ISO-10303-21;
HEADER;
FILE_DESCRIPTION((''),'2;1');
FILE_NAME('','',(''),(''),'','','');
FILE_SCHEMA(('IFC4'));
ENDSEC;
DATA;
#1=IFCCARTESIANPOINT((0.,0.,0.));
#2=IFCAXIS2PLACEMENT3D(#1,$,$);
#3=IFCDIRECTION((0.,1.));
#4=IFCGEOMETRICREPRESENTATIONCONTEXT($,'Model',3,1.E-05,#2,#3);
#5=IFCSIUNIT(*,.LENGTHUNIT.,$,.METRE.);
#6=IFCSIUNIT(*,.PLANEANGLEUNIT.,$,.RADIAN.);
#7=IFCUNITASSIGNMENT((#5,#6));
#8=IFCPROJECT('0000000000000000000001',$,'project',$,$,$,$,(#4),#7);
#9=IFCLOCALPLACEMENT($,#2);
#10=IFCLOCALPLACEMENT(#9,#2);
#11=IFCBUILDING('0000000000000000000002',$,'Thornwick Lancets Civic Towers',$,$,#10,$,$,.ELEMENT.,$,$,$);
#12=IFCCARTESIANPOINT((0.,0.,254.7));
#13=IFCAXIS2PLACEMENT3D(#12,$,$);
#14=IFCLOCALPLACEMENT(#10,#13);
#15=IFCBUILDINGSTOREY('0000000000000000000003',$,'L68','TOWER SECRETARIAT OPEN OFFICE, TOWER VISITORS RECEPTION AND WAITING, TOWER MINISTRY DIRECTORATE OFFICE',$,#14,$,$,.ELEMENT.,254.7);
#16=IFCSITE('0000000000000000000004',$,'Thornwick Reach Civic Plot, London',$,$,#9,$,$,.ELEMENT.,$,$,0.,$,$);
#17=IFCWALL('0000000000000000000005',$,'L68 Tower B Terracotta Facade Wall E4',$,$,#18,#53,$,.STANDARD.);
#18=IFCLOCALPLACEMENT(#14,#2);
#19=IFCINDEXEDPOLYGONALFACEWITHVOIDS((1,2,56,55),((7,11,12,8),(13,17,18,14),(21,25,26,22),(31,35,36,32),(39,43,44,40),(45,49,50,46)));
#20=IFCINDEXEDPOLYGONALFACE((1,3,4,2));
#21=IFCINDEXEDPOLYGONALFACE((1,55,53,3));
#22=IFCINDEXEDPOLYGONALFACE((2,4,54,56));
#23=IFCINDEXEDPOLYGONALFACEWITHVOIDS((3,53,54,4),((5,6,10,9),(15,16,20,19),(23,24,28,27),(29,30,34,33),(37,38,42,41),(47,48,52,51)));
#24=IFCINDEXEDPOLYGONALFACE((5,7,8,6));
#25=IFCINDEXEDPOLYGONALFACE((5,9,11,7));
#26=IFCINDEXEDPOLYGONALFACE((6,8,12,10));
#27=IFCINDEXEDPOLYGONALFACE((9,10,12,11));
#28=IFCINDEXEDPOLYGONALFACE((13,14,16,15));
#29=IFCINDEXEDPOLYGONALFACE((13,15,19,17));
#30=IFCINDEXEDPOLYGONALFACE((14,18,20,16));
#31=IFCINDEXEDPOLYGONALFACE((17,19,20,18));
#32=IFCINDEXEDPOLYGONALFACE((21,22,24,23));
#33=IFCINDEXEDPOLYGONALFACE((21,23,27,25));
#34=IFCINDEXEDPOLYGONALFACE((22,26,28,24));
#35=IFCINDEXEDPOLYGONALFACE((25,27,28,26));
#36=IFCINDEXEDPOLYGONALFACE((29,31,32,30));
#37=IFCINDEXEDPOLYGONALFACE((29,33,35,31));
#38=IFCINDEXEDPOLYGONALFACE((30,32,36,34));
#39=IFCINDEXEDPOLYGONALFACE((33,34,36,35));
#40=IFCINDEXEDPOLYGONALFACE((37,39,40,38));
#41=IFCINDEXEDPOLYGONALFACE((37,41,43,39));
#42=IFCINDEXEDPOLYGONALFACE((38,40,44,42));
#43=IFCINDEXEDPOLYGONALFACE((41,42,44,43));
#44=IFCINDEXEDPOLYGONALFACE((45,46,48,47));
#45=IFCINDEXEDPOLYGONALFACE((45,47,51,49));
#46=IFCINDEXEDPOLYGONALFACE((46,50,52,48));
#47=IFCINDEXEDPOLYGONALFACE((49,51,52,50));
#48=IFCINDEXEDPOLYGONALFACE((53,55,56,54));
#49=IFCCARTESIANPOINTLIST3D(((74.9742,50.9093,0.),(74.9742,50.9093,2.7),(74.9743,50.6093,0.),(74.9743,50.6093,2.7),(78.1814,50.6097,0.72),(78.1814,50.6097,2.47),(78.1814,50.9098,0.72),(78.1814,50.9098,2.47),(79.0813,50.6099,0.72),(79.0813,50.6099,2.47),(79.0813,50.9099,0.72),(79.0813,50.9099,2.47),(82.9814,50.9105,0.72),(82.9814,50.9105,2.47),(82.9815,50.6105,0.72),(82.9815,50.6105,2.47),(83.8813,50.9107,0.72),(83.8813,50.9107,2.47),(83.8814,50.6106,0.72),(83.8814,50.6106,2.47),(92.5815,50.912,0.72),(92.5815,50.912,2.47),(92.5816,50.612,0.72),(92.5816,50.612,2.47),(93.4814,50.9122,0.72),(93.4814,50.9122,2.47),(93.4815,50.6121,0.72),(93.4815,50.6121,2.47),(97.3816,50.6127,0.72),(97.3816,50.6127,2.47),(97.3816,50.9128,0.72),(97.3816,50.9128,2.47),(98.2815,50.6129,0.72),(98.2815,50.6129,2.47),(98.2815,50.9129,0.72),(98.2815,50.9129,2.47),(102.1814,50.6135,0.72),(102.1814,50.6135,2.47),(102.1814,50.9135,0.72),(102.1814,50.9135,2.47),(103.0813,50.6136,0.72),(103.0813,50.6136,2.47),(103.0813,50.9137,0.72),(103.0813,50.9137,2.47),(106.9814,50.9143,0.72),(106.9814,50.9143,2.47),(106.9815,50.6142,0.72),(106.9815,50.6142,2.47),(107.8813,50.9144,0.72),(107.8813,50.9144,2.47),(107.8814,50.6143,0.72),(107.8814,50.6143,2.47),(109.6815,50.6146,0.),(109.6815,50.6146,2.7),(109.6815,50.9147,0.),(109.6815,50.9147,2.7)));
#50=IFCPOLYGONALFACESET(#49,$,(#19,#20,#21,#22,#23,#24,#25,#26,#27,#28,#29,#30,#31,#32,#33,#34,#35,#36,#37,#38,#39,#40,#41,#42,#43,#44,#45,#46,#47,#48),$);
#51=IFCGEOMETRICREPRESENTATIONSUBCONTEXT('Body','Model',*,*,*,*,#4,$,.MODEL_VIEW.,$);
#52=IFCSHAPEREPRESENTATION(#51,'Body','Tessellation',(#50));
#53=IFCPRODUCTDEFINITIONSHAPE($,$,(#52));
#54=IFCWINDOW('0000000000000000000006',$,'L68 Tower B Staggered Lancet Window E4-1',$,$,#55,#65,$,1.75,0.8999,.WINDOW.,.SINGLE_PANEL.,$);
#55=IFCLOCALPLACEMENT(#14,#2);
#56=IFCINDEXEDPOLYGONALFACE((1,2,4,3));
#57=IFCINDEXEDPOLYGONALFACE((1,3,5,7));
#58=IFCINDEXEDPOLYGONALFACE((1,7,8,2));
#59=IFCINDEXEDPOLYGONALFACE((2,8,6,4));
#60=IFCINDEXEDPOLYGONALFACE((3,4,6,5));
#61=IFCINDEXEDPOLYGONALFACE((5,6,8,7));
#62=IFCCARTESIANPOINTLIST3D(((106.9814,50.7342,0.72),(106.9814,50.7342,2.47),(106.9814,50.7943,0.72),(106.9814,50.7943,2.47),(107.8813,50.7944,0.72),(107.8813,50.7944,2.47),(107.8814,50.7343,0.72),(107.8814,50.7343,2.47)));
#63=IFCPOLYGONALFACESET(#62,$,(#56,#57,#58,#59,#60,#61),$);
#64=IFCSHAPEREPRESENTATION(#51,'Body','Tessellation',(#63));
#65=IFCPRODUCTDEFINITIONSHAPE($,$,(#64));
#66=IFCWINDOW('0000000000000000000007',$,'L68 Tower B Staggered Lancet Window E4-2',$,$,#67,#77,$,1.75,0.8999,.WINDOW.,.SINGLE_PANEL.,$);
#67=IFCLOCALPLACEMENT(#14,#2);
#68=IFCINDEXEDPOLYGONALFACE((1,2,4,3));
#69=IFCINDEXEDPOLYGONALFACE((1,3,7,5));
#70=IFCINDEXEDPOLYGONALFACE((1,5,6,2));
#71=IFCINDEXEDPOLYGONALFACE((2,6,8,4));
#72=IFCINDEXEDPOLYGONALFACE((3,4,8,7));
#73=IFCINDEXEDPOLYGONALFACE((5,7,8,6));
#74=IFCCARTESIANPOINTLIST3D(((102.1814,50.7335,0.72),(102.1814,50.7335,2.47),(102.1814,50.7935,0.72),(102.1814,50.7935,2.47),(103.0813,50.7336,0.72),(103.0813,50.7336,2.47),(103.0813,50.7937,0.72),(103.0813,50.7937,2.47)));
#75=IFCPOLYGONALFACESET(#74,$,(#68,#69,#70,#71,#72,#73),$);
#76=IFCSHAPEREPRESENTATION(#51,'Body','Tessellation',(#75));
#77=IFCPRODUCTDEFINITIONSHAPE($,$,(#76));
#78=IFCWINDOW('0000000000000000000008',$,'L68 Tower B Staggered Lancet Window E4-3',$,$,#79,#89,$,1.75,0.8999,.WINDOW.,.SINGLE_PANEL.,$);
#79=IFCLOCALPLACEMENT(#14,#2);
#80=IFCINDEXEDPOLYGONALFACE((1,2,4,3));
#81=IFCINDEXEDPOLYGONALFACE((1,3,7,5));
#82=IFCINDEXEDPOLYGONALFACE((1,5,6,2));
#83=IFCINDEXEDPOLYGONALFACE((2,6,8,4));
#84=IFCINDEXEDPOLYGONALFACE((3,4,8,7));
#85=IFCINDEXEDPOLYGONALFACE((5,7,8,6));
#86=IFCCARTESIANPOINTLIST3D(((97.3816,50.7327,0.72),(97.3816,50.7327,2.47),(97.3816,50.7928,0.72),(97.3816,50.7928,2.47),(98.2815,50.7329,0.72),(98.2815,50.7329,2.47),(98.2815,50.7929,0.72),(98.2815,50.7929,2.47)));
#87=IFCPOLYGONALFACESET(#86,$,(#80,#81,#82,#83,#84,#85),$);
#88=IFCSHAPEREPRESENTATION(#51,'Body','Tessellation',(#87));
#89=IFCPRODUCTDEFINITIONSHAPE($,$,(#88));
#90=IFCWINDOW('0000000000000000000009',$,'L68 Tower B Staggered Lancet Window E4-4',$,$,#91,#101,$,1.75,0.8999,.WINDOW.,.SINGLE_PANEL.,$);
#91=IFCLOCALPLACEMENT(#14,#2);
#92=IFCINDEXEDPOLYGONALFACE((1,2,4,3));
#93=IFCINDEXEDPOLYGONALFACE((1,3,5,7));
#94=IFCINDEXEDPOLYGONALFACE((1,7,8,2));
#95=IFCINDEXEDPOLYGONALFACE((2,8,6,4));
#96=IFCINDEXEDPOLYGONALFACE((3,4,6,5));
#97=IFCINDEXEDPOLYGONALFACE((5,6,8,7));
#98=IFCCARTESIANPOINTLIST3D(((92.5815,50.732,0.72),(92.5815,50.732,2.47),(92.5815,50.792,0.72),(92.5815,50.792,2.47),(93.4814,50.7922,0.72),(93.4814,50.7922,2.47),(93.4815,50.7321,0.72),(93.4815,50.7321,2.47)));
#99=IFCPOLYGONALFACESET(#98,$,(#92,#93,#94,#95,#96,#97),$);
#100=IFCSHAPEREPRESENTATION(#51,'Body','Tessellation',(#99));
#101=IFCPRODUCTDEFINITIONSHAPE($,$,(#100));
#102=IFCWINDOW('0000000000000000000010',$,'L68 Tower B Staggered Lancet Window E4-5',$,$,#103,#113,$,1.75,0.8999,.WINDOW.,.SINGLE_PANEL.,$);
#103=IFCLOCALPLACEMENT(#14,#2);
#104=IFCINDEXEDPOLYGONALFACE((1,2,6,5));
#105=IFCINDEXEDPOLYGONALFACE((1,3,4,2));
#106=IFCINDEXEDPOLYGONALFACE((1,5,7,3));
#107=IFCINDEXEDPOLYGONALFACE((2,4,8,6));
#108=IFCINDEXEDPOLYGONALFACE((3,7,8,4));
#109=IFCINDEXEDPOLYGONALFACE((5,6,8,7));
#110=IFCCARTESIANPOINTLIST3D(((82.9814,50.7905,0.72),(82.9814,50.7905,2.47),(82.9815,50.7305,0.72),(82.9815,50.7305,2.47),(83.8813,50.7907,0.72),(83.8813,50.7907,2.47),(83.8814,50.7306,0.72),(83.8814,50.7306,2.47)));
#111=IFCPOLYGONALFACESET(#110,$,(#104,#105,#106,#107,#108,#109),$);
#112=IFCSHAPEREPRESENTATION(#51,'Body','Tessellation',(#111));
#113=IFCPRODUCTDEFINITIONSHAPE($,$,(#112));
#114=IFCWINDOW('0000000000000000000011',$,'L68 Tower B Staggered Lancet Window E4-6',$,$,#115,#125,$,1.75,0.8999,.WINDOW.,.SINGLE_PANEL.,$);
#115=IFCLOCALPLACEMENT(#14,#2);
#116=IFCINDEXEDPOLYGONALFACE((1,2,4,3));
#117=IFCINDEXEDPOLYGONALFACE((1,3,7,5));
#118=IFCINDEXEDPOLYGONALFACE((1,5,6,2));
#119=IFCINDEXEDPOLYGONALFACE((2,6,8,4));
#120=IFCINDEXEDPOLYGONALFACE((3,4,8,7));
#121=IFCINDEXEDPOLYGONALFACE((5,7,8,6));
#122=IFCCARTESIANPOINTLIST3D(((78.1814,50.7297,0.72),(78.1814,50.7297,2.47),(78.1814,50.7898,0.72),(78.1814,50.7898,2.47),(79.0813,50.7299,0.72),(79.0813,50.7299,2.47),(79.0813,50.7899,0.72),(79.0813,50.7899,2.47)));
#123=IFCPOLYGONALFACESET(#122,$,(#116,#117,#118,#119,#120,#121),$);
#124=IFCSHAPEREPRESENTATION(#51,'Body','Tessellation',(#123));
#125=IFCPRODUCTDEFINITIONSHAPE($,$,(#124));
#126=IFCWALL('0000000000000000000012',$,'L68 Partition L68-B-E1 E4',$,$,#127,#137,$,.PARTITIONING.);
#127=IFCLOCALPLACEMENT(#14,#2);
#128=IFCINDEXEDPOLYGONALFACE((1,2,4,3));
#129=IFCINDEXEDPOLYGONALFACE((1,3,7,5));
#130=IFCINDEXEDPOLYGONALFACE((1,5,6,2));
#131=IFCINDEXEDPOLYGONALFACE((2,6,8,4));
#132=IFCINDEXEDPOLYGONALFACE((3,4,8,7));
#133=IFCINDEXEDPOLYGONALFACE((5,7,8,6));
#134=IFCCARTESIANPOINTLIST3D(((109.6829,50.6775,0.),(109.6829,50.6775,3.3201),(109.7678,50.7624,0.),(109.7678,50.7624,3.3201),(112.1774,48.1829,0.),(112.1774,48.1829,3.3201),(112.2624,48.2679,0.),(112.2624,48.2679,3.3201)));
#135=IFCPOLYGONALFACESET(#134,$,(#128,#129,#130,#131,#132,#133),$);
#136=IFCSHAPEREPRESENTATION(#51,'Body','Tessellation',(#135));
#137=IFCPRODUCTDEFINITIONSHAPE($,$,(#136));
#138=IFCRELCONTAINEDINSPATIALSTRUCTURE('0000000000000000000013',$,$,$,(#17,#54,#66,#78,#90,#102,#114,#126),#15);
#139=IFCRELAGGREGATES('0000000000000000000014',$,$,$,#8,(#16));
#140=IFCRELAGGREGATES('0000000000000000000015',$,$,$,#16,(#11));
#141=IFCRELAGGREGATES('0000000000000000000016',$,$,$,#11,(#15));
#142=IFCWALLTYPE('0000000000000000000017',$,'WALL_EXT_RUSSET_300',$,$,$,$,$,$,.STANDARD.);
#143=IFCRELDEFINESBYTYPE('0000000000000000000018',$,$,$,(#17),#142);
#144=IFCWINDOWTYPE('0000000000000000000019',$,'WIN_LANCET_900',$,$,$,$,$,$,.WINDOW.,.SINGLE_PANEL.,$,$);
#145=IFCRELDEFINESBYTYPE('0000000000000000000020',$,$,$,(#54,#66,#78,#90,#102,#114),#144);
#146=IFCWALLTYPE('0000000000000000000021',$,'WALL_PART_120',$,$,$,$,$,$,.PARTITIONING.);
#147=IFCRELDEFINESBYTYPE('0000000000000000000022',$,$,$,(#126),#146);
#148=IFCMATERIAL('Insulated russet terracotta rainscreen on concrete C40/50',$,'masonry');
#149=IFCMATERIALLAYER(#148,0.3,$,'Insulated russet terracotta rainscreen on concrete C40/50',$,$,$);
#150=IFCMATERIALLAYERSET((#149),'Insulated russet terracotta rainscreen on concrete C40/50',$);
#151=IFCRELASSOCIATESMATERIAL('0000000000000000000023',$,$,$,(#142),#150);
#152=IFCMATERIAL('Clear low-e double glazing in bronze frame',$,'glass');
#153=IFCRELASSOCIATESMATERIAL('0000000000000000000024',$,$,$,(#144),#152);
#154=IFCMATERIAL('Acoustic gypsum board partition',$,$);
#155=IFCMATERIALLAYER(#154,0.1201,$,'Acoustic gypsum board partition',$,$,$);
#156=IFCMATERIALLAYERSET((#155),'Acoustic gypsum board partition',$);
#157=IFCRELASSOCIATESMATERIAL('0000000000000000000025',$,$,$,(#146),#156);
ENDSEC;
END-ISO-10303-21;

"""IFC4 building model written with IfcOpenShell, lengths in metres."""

from ifc_helpers import new_model, si_unit, direction, frame, frame_2d, origin, place, context, subcontext, project, spatial, rectangle, extrude, material, layer, layer_set, type_object, element, fill, save


model = new_model("IFC4")

# Units and contexts
model_context = context("Model", 3, precision=1e-05, world=origin(), true_north=direction((0.0, 1.0)))
body_context = subcontext(model_context, "Body", "Model", "MODEL_VIEW")
ifc_project = project(units=[si_unit("LENGTHUNIT", "METRE"), si_unit("PLANEANGLEUNIT", "RADIAN")], contexts=[model_context])

# Site, building, storey
site_placement = place(None, origin())
site = spatial("IfcSite", under=ifc_project, at=site_placement, Name="Thornwick Reach Civic Plot, London", CompositionType="ELEMENT", RefElevation=0.0)
building_placement = place(site_placement, origin())
building = spatial("IfcBuilding", under=site, at=building_placement, Name="Thornwick Lancets Civic Towers", CompositionType="ELEMENT")
storey_placement = place(building_placement, frame((0.0, 0.0, 254.7)))
storey = spatial("IfcBuildingStorey", under=building, at=storey_placement, Name="L68", Description="TOWER SECRETARIAT OPEN OFFICE, TOWER VISITORS RECEPTION AND WAITING, TOWER MINISTRY DIRECTORATE OFFICE", CompositionType="ELEMENT", Elevation=254.7)

# Wall, openings, windows
ifc_material_1 = material(Name="Insulated russet terracotta rainscreen on concrete C40/50", Category="masonry")
ifc_layer_1 = layer(ifc_material_1, 0.3, Name="Insulated russet terracotta rainscreen on concrete C40/50")
ifc_layer_set_1 = layer_set([ifc_layer_1], Name="Insulated russet terracotta rainscreen on concrete C40/50")
wall_type_1 = type_object("IfcWallType", Name="WALL_EXT_RUSSET_300", PredefinedType="STANDARD", material=ifc_layer_set_1)
wall_1_placement = place(storey_placement, frame((109.6814, 50.7646, 0.0), z_axis=(0.0, 0.0, 1.0), x_axis=(-1.0, -0.000155, 0.0)))
wall_1 = element("IfcWall", 1, at=wall_1_placement, inside=storey, type_object=wall_type_1, Name="L68 Tower B Terracotta Facade Wall E4", PredefinedType="STANDARD", context=body_context, shape_type="SweptSolid", body=[
    extrude(rectangle(XDim=34.7073, YDim=0.3, at=frame_2d((17.3535, 0.0))), origin(), (0.0, 0.0, 1.0), 2.7),
])
opening_1_placement = place(wall_1_placement, frame((1.8, 0.0, 0.72)))
opening_1 = element("IfcOpeningElement", 2, at=opening_1_placement, cuts=wall_1, PredefinedType="OPENING", context=body_context, shape_type="SweptSolid", body=[
    extrude(rectangle(XDim=0.8999, YDim=1.75, at=frame_2d((0.45, 0.875))), frame((0.0, 0.1602, 0.0), z_axis=(0.0, -1.0, 0.0), x_axis=(1.0, 0.0, 0.0)), (0.0, 0.0, 1.0), 0.3201),
])
opening_2_placement = place(wall_1_placement, frame((6.6001, 0.0, 0.72)))
opening_2 = element("IfcOpeningElement", 3, at=opening_2_placement, cuts=wall_1, PredefinedType="OPENING", context=body_context, shape_type="SweptSolid", body=[
    extrude(rectangle(XDim=0.8999, YDim=1.75, at=frame_2d((0.45, 0.875))), frame((0.0, 0.1602, 0.0), z_axis=(0.0, -1.0, 0.0), x_axis=(1.0, 0.0, 0.0)), (0.0, 0.0, 1.0), 0.3201),
])
opening_3_placement = place(wall_1_placement, frame((11.3999, 0.0, 0.72)))
opening_3 = element("IfcOpeningElement", 4, at=opening_3_placement, cuts=wall_1, PredefinedType="OPENING", context=body_context, shape_type="SweptSolid", body=[
    extrude(rectangle(XDim=0.8999, YDim=1.75, at=frame_2d((0.45, 0.875))), frame((0.0, 0.1602, 0.0), z_axis=(0.0, -1.0, 0.0), x_axis=(1.0, 0.0, 0.0)), (0.0, 0.0, 1.0), 0.3201),
])
opening_4_placement = place(wall_1_placement, frame((16.2, 0.0, 0.72)))
opening_4 = element("IfcOpeningElement", 5, at=opening_4_placement, cuts=wall_1, PredefinedType="OPENING", context=body_context, shape_type="SweptSolid", body=[
    extrude(rectangle(XDim=0.8999, YDim=1.75, at=frame_2d((0.45, 0.875))), frame((0.0, 0.1602, 0.0), z_axis=(0.0, -1.0, 0.0), x_axis=(1.0, 0.0, 0.0)), (0.0, 0.0, 1.0), 0.3201),
])
opening_5_placement = place(wall_1_placement, frame((25.8, 0.0, 0.72)))
opening_5 = element("IfcOpeningElement", 6, at=opening_5_placement, cuts=wall_1, PredefinedType="OPENING", context=body_context, shape_type="SweptSolid", body=[
    extrude(rectangle(XDim=0.8999, YDim=1.75, at=frame_2d((0.45, 0.875))), frame((0.0, 0.1602, 0.0), z_axis=(0.0, -1.0, 0.0), x_axis=(1.0, 0.0, 0.0)), (0.0, 0.0, 1.0), 0.3201),
])
opening_6_placement = place(wall_1_placement, frame((30.6001, 0.0, 0.72)))
opening_6 = element("IfcOpeningElement", 7, at=opening_6_placement, cuts=wall_1, PredefinedType="OPENING", context=body_context, shape_type="SweptSolid", body=[
    extrude(rectangle(XDim=0.8999, YDim=1.75, at=frame_2d((0.45, 0.875))), frame((0.0, 0.1602, 0.0), z_axis=(0.0, -1.0, 0.0), x_axis=(1.0, 0.0, 0.0)), (0.0, 0.0, 1.0), 0.3201),
])
ifc_material_2 = material(Name="Clear low-e double glazing in bronze frame", Category="glass")
window_type = type_object("IfcWindowType", Name="WIN_LANCET_900", PartitioningType="SINGLE_PANEL", PredefinedType="WINDOW", material=ifc_material_2)
window_1_placement = place(opening_1_placement, origin())
window_1 = element("IfcWindow", 8, at=window_1_placement, inside=storey, type_object=window_type, Name="L68 Tower B Staggered Lancet Window E4-1", OverallHeight=1.75, OverallWidth=0.8999, PartitioningType="SINGLE_PANEL", PredefinedType="WINDOW", context=body_context, shape_type="SweptSolid", body=[
    extrude(rectangle(XDim=0.8999, YDim=1.75, at=frame_2d((0.45, 0.875))), frame((0.0, 0.03, 0.0), z_axis=(0.0, -1.0, 0.0), x_axis=(1.0, 0.0, 0.0)), (0.0, 0.0, 1.0), 0.0601),
])
fill(opening_1, window_1)
window_2_placement = place(opening_2_placement, origin())
window_2 = element("IfcWindow", 9, at=window_2_placement, inside=storey, type_object=window_type, Name="L68 Tower B Staggered Lancet Window E4-2", OverallHeight=1.75, OverallWidth=0.8999, PartitioningType="SINGLE_PANEL", PredefinedType="WINDOW", context=body_context, shape_type="SweptSolid", body=[
    extrude(rectangle(XDim=0.8999, YDim=1.75, at=frame_2d((0.45, 0.875))), frame((0.0, 0.03, 0.0), z_axis=(0.0, -1.0, 0.0), x_axis=(1.0, 0.0, 0.0)), (0.0, 0.0, 1.0), 0.0601),
])
fill(opening_2, window_2)
window_3_placement = place(opening_3_placement, origin())
window_3 = element("IfcWindow", 10, at=window_3_placement, inside=storey, type_object=window_type, Name="L68 Tower B Staggered Lancet Window E4-3", OverallHeight=1.75, OverallWidth=0.8999, PartitioningType="SINGLE_PANEL", PredefinedType="WINDOW", context=body_context, shape_type="SweptSolid", body=[
    extrude(rectangle(XDim=0.8999, YDim=1.75, at=frame_2d((0.45, 0.875))), frame((0.0, 0.03, 0.0), z_axis=(0.0, -1.0, 0.0), x_axis=(1.0, 0.0, 0.0)), (0.0, 0.0, 1.0), 0.0601),
])
fill(opening_3, window_3)
window_4_placement = place(opening_4_placement, origin())
window_4 = element("IfcWindow", 11, at=window_4_placement, inside=storey, type_object=window_type, Name="L68 Tower B Staggered Lancet Window E4-4", OverallHeight=1.75, OverallWidth=0.8999, PartitioningType="SINGLE_PANEL", PredefinedType="WINDOW", context=body_context, shape_type="SweptSolid", body=[
    extrude(rectangle(XDim=0.8999, YDim=1.75, at=frame_2d((0.45, 0.875))), frame((0.0, 0.03, 0.0), z_axis=(0.0, -1.0, 0.0), x_axis=(1.0, 0.0, 0.0)), (0.0, 0.0, 1.0), 0.0601),
])
fill(opening_4, window_4)
window_5_placement = place(opening_5_placement, origin())
window_5 = element("IfcWindow", 12, at=window_5_placement, inside=storey, type_object=window_type, Name="L68 Tower B Staggered Lancet Window E4-5", OverallHeight=1.75, OverallWidth=0.8999, PartitioningType="SINGLE_PANEL", PredefinedType="WINDOW", context=body_context, shape_type="SweptSolid", body=[
    extrude(rectangle(XDim=0.8999, YDim=1.75, at=frame_2d((0.45, 0.875))), frame((0.0, 0.03, 0.0), z_axis=(0.0, -1.0, 0.0), x_axis=(1.0, 0.0, 0.0)), (0.0, 0.0, 1.0), 0.0601),
])
fill(opening_5, window_5)
window_6_placement = place(opening_6_placement, origin())
window_6 = element("IfcWindow", 13, at=window_6_placement, inside=storey, type_object=window_type, Name="L68 Tower B Staggered Lancet Window E4-6", OverallHeight=1.75, OverallWidth=0.8999, PartitioningType="SINGLE_PANEL", PredefinedType="WINDOW", context=body_context, shape_type="SweptSolid", body=[
    extrude(rectangle(XDim=0.8999, YDim=1.75, at=frame_2d((0.45, 0.875))), frame((0.0, 0.03, 0.0), z_axis=(0.0, -1.0, 0.0), x_axis=(1.0, 0.0, 0.0)), (0.0, 0.0, 1.0), 0.0601),
])
fill(opening_6, window_6)

# Wall
ifc_material_3 = material(Name="Acoustic gypsum board partition")
ifc_layer_2 = layer(ifc_material_3, 0.1201, Name="Acoustic gypsum board partition")
ifc_layer_set_2 = layer_set([ifc_layer_2], Name="Acoustic gypsum board partition")
wall_type_2 = type_object("IfcWallType", Name="WALL_PART_120", PredefinedType="PARTITIONING", material=ifc_layer_set_2)
wall_2_placement = place(storey_placement, frame((109.7253, 50.72, 0.0), z_axis=(0.0, 0.0, 1.0), x_axis=(0.707107, -0.707107, 0.0)))
element("IfcWall", 14, at=wall_2_placement, inside=storey, type_object=wall_type_2, Name="L68 Partition L68-B-E1 E4", PredefinedType="PARTITIONING", context=body_context, shape_type="SweptSolid", body=[
    extrude(rectangle(XDim=3.5278, YDim=0.1201, at=frame_2d((1.7639, 0.0))), origin(), (0.0, 0.0, 1.0), 3.3201),
])

save(model, "model.ifc")
